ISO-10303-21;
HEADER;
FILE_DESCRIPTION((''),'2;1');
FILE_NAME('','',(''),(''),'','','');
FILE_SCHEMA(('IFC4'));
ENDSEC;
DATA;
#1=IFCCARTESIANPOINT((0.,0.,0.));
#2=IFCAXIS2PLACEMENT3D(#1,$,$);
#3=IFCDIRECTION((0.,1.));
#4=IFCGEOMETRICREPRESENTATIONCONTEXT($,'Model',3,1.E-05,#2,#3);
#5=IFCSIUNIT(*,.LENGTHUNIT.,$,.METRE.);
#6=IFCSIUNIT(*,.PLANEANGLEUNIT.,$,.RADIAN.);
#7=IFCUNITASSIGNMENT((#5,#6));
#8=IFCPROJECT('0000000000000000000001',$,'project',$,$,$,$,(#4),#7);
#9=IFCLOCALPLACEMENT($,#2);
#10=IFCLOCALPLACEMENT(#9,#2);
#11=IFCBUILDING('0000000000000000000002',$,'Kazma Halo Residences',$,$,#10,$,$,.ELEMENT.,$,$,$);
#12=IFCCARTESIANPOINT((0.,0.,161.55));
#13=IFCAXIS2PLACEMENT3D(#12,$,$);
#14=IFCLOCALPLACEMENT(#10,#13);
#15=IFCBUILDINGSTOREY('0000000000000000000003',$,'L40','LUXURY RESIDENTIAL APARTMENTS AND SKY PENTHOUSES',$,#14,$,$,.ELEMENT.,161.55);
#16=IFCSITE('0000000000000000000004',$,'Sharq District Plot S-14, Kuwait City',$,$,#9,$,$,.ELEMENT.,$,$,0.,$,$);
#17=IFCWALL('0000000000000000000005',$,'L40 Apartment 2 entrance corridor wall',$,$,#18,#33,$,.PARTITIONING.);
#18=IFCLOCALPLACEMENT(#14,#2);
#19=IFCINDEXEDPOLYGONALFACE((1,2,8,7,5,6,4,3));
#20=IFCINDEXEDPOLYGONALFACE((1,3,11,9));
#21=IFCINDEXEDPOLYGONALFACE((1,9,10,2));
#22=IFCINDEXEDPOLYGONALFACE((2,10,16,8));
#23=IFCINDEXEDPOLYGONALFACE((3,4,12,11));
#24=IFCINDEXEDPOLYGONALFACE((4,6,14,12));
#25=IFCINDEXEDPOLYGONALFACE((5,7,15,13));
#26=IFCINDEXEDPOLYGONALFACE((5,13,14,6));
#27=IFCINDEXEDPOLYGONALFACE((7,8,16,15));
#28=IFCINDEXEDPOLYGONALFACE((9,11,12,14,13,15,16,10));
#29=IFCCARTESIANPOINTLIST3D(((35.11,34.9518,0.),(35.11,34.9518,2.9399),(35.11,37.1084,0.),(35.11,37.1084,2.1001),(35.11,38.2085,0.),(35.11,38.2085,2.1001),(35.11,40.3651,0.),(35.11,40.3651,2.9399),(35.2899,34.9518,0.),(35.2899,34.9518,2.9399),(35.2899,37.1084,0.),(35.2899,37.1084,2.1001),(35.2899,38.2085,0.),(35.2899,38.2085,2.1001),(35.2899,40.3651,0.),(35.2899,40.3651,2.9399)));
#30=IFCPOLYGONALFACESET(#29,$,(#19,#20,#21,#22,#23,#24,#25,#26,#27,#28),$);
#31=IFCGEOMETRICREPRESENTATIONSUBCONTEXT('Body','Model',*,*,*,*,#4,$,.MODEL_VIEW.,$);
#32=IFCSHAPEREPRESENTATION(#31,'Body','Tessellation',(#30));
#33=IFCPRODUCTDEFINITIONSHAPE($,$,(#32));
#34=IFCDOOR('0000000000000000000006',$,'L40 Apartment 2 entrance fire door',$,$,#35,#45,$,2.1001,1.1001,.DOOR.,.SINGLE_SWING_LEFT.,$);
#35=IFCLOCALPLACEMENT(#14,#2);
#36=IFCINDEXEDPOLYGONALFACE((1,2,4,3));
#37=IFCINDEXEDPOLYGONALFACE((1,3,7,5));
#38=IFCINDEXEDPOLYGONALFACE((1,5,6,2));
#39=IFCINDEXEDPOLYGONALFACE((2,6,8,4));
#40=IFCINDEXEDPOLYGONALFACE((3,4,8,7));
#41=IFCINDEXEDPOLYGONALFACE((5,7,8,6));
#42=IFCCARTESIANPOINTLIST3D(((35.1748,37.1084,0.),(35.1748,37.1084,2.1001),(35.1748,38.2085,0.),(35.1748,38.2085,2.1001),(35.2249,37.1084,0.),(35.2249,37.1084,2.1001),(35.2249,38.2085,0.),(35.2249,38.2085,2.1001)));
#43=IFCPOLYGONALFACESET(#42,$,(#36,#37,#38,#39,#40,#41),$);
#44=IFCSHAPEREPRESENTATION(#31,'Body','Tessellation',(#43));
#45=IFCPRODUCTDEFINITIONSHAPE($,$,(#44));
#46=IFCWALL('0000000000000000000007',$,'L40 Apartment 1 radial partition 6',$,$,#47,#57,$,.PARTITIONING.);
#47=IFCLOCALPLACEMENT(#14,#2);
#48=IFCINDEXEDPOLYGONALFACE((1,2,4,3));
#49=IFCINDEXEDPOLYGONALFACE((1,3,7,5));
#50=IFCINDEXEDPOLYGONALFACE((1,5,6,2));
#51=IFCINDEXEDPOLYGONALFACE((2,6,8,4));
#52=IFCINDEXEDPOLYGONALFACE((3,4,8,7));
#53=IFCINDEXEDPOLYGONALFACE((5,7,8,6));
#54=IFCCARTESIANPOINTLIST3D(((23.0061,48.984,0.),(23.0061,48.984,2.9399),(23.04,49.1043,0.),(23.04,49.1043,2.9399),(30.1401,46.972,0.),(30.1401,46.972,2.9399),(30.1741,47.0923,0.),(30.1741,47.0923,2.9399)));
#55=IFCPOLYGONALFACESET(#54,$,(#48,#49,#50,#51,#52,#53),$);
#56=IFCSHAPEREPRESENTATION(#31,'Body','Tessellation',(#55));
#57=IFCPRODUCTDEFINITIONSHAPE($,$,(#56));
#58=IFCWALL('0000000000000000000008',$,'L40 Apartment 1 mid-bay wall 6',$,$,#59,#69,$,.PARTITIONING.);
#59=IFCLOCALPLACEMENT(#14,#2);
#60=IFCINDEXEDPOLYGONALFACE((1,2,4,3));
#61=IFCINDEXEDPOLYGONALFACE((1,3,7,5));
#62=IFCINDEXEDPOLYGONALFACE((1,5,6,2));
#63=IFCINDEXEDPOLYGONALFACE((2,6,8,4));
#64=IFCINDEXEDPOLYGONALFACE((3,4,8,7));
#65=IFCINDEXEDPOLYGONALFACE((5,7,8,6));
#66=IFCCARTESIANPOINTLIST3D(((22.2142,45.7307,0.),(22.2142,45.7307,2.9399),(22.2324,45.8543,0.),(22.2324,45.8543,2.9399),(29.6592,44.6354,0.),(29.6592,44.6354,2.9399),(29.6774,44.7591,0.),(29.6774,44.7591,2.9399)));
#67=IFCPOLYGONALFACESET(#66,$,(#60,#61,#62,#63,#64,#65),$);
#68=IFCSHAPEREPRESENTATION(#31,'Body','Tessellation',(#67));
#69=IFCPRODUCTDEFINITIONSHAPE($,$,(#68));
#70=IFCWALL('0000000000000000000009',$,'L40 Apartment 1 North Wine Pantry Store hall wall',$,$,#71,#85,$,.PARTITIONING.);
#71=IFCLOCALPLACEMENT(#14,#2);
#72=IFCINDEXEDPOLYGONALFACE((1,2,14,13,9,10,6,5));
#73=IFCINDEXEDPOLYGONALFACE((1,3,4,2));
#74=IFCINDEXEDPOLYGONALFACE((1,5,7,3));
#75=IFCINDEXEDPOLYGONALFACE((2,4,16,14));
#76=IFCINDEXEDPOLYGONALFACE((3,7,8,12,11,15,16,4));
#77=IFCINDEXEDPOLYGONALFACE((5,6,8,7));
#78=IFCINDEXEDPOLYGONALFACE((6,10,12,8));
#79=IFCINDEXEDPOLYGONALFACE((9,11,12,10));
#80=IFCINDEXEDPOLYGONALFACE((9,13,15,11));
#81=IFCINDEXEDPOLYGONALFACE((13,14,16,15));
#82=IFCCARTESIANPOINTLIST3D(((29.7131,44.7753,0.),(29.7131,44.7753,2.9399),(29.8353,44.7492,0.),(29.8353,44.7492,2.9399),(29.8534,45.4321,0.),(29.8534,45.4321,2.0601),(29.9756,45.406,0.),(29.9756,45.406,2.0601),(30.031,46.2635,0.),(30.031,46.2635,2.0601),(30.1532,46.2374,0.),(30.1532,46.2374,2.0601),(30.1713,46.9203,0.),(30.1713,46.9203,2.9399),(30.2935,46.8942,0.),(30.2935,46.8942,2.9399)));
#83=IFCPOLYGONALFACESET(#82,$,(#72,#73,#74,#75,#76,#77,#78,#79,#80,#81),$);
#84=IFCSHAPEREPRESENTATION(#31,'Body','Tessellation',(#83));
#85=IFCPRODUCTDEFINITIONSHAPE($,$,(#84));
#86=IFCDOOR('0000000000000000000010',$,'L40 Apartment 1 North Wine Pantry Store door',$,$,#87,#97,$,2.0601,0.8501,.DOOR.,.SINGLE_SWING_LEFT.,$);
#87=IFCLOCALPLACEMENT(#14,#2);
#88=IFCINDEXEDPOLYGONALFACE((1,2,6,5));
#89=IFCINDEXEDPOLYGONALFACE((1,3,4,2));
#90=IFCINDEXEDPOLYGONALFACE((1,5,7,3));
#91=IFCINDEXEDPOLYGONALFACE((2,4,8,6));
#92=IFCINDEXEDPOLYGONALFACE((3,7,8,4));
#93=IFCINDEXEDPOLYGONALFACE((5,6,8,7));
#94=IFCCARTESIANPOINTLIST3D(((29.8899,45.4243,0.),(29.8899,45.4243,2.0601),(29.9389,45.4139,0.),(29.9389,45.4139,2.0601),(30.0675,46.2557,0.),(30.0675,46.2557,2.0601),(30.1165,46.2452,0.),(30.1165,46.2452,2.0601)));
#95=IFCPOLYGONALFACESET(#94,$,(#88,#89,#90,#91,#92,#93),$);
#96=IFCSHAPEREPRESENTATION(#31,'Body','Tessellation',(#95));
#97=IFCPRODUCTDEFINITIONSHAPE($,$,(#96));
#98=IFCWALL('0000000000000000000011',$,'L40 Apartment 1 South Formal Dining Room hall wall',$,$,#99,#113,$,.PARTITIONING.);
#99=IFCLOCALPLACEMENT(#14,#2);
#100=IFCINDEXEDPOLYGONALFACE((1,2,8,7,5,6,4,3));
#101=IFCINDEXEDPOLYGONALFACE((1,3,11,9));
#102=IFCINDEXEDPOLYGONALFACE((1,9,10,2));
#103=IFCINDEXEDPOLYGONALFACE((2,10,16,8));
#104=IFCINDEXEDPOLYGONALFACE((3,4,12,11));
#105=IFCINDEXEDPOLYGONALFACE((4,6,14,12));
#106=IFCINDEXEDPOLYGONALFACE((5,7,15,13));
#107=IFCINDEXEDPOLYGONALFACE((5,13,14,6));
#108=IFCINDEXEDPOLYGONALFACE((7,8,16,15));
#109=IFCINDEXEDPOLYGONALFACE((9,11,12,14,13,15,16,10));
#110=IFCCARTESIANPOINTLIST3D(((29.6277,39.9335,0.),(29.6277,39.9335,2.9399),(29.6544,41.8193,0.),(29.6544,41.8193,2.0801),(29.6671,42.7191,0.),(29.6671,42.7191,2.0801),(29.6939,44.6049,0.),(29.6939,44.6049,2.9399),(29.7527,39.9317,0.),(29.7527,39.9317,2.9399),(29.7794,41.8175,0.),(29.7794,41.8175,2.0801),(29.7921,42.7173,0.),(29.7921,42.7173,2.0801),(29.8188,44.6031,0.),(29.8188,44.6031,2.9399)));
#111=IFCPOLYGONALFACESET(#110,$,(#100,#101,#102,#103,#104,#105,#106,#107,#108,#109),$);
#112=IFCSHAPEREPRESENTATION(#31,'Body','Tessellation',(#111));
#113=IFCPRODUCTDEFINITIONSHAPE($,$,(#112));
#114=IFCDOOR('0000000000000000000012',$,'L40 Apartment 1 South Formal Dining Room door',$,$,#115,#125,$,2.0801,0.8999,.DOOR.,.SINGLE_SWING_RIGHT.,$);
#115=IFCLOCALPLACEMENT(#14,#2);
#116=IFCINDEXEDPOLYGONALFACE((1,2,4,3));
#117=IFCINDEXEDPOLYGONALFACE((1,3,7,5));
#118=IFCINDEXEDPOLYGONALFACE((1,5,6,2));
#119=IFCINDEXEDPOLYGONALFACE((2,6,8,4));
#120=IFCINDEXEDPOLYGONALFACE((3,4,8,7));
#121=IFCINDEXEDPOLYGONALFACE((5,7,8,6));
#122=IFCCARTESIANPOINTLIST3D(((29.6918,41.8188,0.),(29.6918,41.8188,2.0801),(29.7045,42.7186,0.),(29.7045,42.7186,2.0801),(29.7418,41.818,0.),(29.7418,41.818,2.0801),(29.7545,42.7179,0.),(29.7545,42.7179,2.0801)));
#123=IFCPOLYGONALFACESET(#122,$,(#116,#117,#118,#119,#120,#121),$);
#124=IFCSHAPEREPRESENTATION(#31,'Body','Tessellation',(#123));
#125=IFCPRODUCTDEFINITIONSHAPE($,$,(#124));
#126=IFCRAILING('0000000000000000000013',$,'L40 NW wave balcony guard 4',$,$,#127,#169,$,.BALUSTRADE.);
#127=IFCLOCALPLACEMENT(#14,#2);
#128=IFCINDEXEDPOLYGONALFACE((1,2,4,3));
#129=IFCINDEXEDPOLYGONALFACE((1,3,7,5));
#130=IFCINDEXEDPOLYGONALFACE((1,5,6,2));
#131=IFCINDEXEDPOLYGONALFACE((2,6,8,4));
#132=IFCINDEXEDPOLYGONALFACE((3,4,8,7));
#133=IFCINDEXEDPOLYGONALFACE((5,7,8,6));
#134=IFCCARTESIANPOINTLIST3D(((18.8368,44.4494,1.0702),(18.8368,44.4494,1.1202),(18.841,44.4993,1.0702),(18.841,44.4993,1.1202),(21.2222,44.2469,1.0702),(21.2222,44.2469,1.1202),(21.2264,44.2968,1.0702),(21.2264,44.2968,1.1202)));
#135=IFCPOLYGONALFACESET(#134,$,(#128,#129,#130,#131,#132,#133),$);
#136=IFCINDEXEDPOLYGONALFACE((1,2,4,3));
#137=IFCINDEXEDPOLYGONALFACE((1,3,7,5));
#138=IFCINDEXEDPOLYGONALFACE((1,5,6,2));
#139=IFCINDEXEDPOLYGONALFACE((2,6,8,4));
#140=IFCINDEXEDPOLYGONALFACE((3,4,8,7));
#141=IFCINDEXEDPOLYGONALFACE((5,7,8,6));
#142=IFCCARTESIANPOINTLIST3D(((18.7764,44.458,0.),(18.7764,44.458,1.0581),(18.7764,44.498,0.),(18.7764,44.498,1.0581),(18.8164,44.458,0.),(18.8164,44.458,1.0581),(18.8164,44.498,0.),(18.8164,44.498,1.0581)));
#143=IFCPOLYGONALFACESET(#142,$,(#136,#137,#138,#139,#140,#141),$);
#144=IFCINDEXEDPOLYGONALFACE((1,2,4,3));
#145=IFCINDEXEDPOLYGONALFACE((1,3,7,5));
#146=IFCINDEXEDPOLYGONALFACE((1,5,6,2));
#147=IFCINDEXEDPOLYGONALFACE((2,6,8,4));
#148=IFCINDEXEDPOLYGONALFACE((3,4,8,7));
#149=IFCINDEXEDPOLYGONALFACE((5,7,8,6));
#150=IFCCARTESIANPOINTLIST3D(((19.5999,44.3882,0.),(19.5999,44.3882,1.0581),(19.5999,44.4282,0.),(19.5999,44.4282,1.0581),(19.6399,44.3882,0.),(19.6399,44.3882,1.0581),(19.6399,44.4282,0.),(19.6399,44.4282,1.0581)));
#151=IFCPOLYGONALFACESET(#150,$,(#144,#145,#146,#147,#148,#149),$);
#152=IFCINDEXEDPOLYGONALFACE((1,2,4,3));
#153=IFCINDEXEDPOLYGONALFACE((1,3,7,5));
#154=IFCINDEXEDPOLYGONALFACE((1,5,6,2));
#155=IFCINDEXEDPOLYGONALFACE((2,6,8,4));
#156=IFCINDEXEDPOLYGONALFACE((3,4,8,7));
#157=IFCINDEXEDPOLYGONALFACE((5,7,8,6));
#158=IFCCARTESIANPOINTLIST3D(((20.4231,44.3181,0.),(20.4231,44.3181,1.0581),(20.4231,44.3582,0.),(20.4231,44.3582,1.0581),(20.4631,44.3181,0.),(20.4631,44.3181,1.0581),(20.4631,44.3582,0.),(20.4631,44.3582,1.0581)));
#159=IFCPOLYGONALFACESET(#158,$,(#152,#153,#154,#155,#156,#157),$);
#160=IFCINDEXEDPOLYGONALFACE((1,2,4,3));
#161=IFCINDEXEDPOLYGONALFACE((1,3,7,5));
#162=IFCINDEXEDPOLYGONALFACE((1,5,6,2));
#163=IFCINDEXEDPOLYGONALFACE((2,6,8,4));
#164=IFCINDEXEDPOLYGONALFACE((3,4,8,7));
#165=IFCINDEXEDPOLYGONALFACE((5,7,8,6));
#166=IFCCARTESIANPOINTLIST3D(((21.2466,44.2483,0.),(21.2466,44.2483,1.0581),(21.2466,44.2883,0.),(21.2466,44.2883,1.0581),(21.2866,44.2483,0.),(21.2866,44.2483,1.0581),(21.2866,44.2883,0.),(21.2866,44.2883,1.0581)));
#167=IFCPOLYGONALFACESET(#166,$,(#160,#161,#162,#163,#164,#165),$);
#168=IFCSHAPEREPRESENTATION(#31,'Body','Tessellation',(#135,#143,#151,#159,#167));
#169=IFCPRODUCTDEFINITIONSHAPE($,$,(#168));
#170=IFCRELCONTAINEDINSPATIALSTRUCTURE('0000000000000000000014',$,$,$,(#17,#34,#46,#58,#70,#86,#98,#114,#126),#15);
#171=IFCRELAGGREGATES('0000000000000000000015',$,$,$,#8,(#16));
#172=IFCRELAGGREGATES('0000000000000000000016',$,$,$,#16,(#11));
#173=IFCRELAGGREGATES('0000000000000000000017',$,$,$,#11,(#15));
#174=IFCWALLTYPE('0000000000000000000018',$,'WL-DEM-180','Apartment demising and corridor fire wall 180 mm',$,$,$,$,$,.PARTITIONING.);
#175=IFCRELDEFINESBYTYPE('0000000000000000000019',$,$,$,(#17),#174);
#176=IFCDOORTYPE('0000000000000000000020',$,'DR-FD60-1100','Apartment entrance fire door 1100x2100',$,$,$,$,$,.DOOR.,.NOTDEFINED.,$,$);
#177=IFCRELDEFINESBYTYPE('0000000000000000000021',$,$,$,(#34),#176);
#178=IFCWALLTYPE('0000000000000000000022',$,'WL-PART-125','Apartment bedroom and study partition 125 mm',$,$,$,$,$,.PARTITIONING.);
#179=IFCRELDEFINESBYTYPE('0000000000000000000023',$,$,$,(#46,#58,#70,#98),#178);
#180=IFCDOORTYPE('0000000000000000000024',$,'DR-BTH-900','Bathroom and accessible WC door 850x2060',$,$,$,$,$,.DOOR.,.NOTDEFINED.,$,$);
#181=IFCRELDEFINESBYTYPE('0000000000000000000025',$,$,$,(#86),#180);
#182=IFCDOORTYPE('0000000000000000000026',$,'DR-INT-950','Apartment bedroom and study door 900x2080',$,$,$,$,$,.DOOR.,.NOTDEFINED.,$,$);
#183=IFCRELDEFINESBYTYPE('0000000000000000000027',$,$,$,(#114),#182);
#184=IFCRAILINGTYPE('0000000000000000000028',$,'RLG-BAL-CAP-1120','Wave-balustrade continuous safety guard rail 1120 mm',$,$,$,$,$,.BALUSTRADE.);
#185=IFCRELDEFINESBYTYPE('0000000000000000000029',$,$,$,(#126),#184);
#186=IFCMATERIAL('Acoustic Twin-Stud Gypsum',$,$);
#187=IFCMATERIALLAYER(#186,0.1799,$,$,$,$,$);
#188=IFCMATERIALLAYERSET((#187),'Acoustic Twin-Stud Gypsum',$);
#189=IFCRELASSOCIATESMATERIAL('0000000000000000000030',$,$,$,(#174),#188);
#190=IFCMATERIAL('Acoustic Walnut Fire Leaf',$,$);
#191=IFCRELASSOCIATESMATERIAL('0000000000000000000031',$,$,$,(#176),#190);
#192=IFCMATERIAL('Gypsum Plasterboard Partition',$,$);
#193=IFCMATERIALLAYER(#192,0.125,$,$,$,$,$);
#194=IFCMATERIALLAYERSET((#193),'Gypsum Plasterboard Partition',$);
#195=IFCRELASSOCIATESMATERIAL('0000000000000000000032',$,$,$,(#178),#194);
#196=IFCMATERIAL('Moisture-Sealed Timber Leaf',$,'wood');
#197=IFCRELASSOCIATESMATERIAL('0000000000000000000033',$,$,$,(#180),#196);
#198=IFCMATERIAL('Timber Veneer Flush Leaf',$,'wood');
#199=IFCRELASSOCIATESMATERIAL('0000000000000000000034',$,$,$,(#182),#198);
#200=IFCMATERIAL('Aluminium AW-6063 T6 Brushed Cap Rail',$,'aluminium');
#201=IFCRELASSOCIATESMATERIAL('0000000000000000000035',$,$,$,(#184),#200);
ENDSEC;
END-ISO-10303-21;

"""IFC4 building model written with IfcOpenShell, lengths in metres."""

from ifc_helpers import new_model, si_unit, direction, frame, frame_2d, origin, origin_2d, place, context, subcontext, project, spatial, rectangle, extrude, material, layer, layer_set, type_object, element, fill, save


model = new_model("IFC4")

# Units and contexts
model_context = context("Model", 3, precision=1e-05, world=origin(), true_north=direction((0.0, 1.0)))
body_context = subcontext(model_context, "Body", "Model", "MODEL_VIEW")
ifc_project = project(units=[si_unit("LENGTHUNIT", "METRE"), si_unit("PLANEANGLEUNIT", "RADIAN")], contexts=[model_context])

# Site, building, storey
site_placement = place(None, origin())
site = spatial("IfcSite", under=ifc_project, at=site_placement, Name="Sharq District Plot S-14, Kuwait City", CompositionType="ELEMENT", RefElevation=0.0)
building_placement = place(site_placement, origin())
building = spatial("IfcBuilding", under=site, at=building_placement, Name="Kazma Halo Residences", CompositionType="ELEMENT")
storey_placement = place(building_placement, frame((0.0, 0.0, 161.55)))
storey = spatial("IfcBuildingStorey", under=building, at=storey_placement, Name="L40", Description="LUXURY RESIDENTIAL APARTMENTS AND SKY PENTHOUSES", CompositionType="ELEMENT", Elevation=161.55)

# Shared definitions
ifc_material_1 = material(Name="Acoustic Twin-Stud Gypsum")
ifc_layer_1 = layer(ifc_material_1, 0.1799)
ifc_layer_set_1 = layer_set([ifc_layer_1], Name="Acoustic Twin-Stud Gypsum")
wall_type_1 = type_object("IfcWallType", Name="WL-DEM-180", Description="Apartment demising and corridor fire wall 180 mm", PredefinedType="PARTITIONING", material=ifc_layer_set_1)

# Wall, opening, door
wall_1_placement = place(storey_placement, frame((35.2, 40.365, 0.0), z_axis=(0.0, 0.0, 1.0), x_axis=(0.0, -1.0, 0.0)))
wall_1 = element("IfcWall", 1, at=wall_1_placement, inside=storey, type_object=wall_type_1, Name="L40 Apartment 2 entrance corridor wall", PredefinedType="PARTITIONING", context=body_context, shape_type="SweptSolid", body=[
    extrude(rectangle(XDim=5.4133, YDim=0.1799, at=frame_2d((2.7065, 0.0))), origin(), (0.0, 0.0, 1.0), 2.9399),
])
opening_1_placement = place(wall_1_placement, frame((2.1565, 0.0, 0.0)))
opening_1 = element("IfcOpeningElement", 2, at=opening_1_placement, cuts=wall_1, PredefinedType="OPENING", context=body_context, shape_type="SweptSolid", body=[
    extrude(rectangle(XDim=1.1001, YDim=2.1001, at=frame_2d((0.55, 1.05))), frame((0.0, 0.0999, 0.0), z_axis=(0.0, -1.0, 0.0), x_axis=(1.0, 0.0, 0.0)), (0.0, 0.0, 1.0), 0.2),
])
ifc_material_2 = material(Name="Acoustic Walnut Fire Leaf")
door_type_1 = type_object("IfcDoorType", Name="DR-FD60-1100", Description="Apartment entrance fire door 1100x2100", OperationType="NOTDEFINED", PredefinedType="DOOR", material=ifc_material_2)
door_1_placement = place(opening_1_placement, origin())
door_1 = element("IfcDoor", 3, at=door_1_placement, inside=storey, type_object=door_type_1, Name="L40 Apartment 2 entrance fire door", OperationType="SINGLE_SWING_LEFT", OverallHeight=2.1001, OverallWidth=1.1001, PredefinedType="DOOR", context=body_context, shape_type="SweptSolid", body=[
    extrude(rectangle(XDim=1.1001, YDim=2.1001, at=frame_2d((0.55, 1.05))), frame((0.0, 0.0249, 0.0), z_axis=(0.0, -1.0, 0.0), x_axis=(1.0, 0.0, 0.0)), (0.0, 0.0, 1.0), 0.05),
])
fill(opening_1, door_1)

# Walls
ifc_material_3 = material(Name="Gypsum Plasterboard Partition")
ifc_layer_2 = layer(ifc_material_3, 0.125)
ifc_layer_set_2 = layer_set([ifc_layer_2], Name="Gypsum Plasterboard Partition")
wall_type_2 = type_object("IfcWallType", Name="WL-PART-125", Description="Apartment bedroom and study partition 125 mm", PredefinedType="PARTITIONING", material=ifc_layer_set_2)
wall_2_placement = place(storey_placement, frame((30.157, 47.0322, 0.0), z_axis=(0.0, 0.0, 1.0), x_axis=(-0.962457, 0.271435, 0.0)))
element("IfcWall", 4, at=wall_2_placement, inside=storey, type_object=wall_type_2, Name="L40 Apartment 1 radial partition 6", PredefinedType="PARTITIONING", context=body_context, shape_type="SweptSolid", body=[
    extrude(rectangle(XDim=7.4124, YDim=0.125, at=frame_2d((3.7061, 0.0))), origin(), (0.0, 0.0, 1.0), 2.9399),
])
wall_3_placement = place(storey_placement, frame((29.6685, 44.6973, 0.0), z_axis=(0.0, 0.0, 1.0), x_axis=(-0.989352, 0.14554, 0.0)))
element("IfcWall", 5, at=wall_3_placement, inside=storey, type_object=wall_type_2, Name="L40 Apartment 1 mid-bay wall 6", PredefinedType="PARTITIONING", context=body_context, shape_type="SweptSolid", body=[
    extrude(rectangle(XDim=7.5251, YDim=0.125, at=frame_2d((3.7627, 0.0))), origin(), (0.0, 0.0, 1.0), 2.9399),
])

# Walls, openings, doors
wall_4_placement = place(storey_placement, frame((30.2324, 46.9072, 0.0), z_axis=(0.0, 0.0, 1.0), x_axis=(-0.208921, -0.977933, 0.0)))
wall_4 = element("IfcWall", 6, at=wall_4_placement, inside=storey, type_object=wall_type_2, Name="L40 Apartment 1 North Wine Pantry Store hall wall", PredefinedType="PARTITIONING", context=body_context, shape_type="SweptSolid", body=[
    extrude(rectangle(XDim=2.1934, YDim=0.125, at=frame_2d((1.0967, 0.0))), origin(), (0.0, 0.0, 1.0), 2.9399),
])
opening_2_placement = place(wall_4_placement, frame((0.6716, 0.0, 0.0)))
opening_2 = element("IfcOpeningElement", 7, at=opening_2_placement, cuts=wall_4, PredefinedType="OPENING", context=body_context, shape_type="SweptSolid", body=[
    extrude(rectangle(XDim=0.8501, YDim=2.0601, at=frame_2d((0.425, 1.03))), frame((0.0, 0.0725, 0.0), z_axis=(0.0, -1.0, 0.0), x_axis=(1.0, 0.0, 0.0)), (0.0, 0.0, 1.0), 0.145),
])
ifc_material_4 = material(Name="Moisture-Sealed Timber Leaf", Category="wood")
door_type_2 = type_object("IfcDoorType", Name="DR-BTH-900", Description="Bathroom and accessible WC door 850x2060", OperationType="NOTDEFINED", PredefinedType="DOOR", material=ifc_material_4)
door_2_placement = place(opening_2_placement, origin())
door_2 = element("IfcDoor", 8, at=door_2_placement, inside=storey, type_object=door_type_2, Name="L40 Apartment 1 North Wine Pantry Store door", OperationType="SINGLE_SWING_LEFT", OverallHeight=2.0601, OverallWidth=0.8501, PredefinedType="DOOR", context=body_context, shape_type="SweptSolid", body=[
    extrude(rectangle(XDim=0.8501, YDim=2.0601, at=frame_2d((0.425, 1.03))), frame((0.0, 0.0249, 0.0), z_axis=(0.0, -1.0, 0.0), x_axis=(1.0, 0.0, 0.0)), (0.0, 0.0, 1.0), 0.05),
])
fill(opening_2, door_2)
wall_5_placement = place(storey_placement, frame((29.7563, 44.604, 0.0), z_axis=(0.0, 0.0, 1.0), x_axis=(-0.014162, -0.9999, 0.0)))
wall_5 = element("IfcWall", 9, at=wall_5_placement, inside=storey, type_object=wall_type_2, Name="L40 Apartment 1 South Formal Dining Room hall wall", PredefinedType="PARTITIONING", context=body_context, shape_type="SweptSolid", body=[
    extrude(rectangle(XDim=4.6719, YDim=0.125, at=frame_2d((2.3359, 0.0))), origin(), (0.0, 0.0, 1.0), 2.9399),
])
opening_3_placement = place(wall_5_placement, frame((1.886, 0.0, 0.0)))
opening_3 = element("IfcOpeningElement", 10, at=opening_3_placement, cuts=wall_5, PredefinedType="OPENING", context=body_context, shape_type="SweptSolid", body=[
    extrude(rectangle(XDim=0.8999, YDim=2.0801, at=frame_2d((0.45, 1.04))), frame((0.0, 0.0725, 0.0), z_axis=(0.0, -1.0, 0.0), x_axis=(1.0, 0.0, 0.0)), (0.0, 0.0, 1.0), 0.145),
])
ifc_material_5 = material(Name="Timber Veneer Flush Leaf", Category="wood")
door_type_3 = type_object("IfcDoorType", Name="DR-INT-950", Description="Apartment bedroom and study door 900x2080", OperationType="NOTDEFINED", PredefinedType="DOOR", material=ifc_material_5)
door_3_placement = place(opening_3_placement, origin())
door_3 = element("IfcDoor", 11, at=door_3_placement, inside=storey, type_object=door_type_3, Name="L40 Apartment 1 South Formal Dining Room door", OperationType="SINGLE_SWING_RIGHT", OverallHeight=2.0801, OverallWidth=0.8999, PredefinedType="DOOR", context=body_context, shape_type="SweptSolid", body=[
    extrude(rectangle(XDim=0.8999, YDim=2.0801, at=frame_2d((0.45, 1.04))), frame((0.0, 0.0249, 0.0), z_axis=(0.0, -1.0, 0.0), x_axis=(1.0, 0.0, 0.0)), (0.0, 0.0, 1.0), 0.05),
])
fill(opening_3, door_3)

# Railing
ifc_material_6 = material(Name="Aluminium AW-6063 T6 Brushed Cap Rail", Category="aluminium")
railing_type = type_object("IfcRailingType", Name="RLG-BAL-CAP-1120", Description="Wave-balustrade continuous safety guard rail 1120 mm", PredefinedType="BALUSTRADE", material=ifc_material_6)
railing_placement = place(storey_placement, frame((18.7964, 44.478, 0.0)))
element("IfcRailing", 12, at=railing_placement, inside=storey, type_object=railing_type, Name="L40 NW wave balcony guard 4", PredefinedType="BALUSTRADE", context=body_context, shape_type="SweptSolid", body=[
    extrude(rectangle(XDim=0.05, YDim=0.05, at=origin_2d()), frame((0.0425, -0.0037, 1.0952), z_axis=(0.996416, -0.084594, 0.0), x_axis=(0.084594, 0.996416, 0.0)), (0.0, 0.0, 1.0), 2.394),
    extrude(rectangle(XDim=0.04, YDim=0.04, at=origin_2d()), origin(), (0.0, 0.0, 1.0), 1.0581),
    extrude(rectangle(XDim=0.04, YDim=0.04, at=origin_2d()), frame((0.8235, -0.0698, 0.0)), (0.0, 0.0, 1.0), 1.0581),
    extrude(rectangle(XDim=0.04, YDim=0.04, at=origin_2d()), frame((1.6467, -0.1399, 0.0)), (0.0, 0.0, 1.0), 1.0581),
    extrude(rectangle(XDim=0.04, YDim=0.04, at=origin_2d()), frame((2.4702, -0.2097, 0.0)), (0.0, 0.0, 1.0), 1.0581),
])

save(model, "model.ifc")
